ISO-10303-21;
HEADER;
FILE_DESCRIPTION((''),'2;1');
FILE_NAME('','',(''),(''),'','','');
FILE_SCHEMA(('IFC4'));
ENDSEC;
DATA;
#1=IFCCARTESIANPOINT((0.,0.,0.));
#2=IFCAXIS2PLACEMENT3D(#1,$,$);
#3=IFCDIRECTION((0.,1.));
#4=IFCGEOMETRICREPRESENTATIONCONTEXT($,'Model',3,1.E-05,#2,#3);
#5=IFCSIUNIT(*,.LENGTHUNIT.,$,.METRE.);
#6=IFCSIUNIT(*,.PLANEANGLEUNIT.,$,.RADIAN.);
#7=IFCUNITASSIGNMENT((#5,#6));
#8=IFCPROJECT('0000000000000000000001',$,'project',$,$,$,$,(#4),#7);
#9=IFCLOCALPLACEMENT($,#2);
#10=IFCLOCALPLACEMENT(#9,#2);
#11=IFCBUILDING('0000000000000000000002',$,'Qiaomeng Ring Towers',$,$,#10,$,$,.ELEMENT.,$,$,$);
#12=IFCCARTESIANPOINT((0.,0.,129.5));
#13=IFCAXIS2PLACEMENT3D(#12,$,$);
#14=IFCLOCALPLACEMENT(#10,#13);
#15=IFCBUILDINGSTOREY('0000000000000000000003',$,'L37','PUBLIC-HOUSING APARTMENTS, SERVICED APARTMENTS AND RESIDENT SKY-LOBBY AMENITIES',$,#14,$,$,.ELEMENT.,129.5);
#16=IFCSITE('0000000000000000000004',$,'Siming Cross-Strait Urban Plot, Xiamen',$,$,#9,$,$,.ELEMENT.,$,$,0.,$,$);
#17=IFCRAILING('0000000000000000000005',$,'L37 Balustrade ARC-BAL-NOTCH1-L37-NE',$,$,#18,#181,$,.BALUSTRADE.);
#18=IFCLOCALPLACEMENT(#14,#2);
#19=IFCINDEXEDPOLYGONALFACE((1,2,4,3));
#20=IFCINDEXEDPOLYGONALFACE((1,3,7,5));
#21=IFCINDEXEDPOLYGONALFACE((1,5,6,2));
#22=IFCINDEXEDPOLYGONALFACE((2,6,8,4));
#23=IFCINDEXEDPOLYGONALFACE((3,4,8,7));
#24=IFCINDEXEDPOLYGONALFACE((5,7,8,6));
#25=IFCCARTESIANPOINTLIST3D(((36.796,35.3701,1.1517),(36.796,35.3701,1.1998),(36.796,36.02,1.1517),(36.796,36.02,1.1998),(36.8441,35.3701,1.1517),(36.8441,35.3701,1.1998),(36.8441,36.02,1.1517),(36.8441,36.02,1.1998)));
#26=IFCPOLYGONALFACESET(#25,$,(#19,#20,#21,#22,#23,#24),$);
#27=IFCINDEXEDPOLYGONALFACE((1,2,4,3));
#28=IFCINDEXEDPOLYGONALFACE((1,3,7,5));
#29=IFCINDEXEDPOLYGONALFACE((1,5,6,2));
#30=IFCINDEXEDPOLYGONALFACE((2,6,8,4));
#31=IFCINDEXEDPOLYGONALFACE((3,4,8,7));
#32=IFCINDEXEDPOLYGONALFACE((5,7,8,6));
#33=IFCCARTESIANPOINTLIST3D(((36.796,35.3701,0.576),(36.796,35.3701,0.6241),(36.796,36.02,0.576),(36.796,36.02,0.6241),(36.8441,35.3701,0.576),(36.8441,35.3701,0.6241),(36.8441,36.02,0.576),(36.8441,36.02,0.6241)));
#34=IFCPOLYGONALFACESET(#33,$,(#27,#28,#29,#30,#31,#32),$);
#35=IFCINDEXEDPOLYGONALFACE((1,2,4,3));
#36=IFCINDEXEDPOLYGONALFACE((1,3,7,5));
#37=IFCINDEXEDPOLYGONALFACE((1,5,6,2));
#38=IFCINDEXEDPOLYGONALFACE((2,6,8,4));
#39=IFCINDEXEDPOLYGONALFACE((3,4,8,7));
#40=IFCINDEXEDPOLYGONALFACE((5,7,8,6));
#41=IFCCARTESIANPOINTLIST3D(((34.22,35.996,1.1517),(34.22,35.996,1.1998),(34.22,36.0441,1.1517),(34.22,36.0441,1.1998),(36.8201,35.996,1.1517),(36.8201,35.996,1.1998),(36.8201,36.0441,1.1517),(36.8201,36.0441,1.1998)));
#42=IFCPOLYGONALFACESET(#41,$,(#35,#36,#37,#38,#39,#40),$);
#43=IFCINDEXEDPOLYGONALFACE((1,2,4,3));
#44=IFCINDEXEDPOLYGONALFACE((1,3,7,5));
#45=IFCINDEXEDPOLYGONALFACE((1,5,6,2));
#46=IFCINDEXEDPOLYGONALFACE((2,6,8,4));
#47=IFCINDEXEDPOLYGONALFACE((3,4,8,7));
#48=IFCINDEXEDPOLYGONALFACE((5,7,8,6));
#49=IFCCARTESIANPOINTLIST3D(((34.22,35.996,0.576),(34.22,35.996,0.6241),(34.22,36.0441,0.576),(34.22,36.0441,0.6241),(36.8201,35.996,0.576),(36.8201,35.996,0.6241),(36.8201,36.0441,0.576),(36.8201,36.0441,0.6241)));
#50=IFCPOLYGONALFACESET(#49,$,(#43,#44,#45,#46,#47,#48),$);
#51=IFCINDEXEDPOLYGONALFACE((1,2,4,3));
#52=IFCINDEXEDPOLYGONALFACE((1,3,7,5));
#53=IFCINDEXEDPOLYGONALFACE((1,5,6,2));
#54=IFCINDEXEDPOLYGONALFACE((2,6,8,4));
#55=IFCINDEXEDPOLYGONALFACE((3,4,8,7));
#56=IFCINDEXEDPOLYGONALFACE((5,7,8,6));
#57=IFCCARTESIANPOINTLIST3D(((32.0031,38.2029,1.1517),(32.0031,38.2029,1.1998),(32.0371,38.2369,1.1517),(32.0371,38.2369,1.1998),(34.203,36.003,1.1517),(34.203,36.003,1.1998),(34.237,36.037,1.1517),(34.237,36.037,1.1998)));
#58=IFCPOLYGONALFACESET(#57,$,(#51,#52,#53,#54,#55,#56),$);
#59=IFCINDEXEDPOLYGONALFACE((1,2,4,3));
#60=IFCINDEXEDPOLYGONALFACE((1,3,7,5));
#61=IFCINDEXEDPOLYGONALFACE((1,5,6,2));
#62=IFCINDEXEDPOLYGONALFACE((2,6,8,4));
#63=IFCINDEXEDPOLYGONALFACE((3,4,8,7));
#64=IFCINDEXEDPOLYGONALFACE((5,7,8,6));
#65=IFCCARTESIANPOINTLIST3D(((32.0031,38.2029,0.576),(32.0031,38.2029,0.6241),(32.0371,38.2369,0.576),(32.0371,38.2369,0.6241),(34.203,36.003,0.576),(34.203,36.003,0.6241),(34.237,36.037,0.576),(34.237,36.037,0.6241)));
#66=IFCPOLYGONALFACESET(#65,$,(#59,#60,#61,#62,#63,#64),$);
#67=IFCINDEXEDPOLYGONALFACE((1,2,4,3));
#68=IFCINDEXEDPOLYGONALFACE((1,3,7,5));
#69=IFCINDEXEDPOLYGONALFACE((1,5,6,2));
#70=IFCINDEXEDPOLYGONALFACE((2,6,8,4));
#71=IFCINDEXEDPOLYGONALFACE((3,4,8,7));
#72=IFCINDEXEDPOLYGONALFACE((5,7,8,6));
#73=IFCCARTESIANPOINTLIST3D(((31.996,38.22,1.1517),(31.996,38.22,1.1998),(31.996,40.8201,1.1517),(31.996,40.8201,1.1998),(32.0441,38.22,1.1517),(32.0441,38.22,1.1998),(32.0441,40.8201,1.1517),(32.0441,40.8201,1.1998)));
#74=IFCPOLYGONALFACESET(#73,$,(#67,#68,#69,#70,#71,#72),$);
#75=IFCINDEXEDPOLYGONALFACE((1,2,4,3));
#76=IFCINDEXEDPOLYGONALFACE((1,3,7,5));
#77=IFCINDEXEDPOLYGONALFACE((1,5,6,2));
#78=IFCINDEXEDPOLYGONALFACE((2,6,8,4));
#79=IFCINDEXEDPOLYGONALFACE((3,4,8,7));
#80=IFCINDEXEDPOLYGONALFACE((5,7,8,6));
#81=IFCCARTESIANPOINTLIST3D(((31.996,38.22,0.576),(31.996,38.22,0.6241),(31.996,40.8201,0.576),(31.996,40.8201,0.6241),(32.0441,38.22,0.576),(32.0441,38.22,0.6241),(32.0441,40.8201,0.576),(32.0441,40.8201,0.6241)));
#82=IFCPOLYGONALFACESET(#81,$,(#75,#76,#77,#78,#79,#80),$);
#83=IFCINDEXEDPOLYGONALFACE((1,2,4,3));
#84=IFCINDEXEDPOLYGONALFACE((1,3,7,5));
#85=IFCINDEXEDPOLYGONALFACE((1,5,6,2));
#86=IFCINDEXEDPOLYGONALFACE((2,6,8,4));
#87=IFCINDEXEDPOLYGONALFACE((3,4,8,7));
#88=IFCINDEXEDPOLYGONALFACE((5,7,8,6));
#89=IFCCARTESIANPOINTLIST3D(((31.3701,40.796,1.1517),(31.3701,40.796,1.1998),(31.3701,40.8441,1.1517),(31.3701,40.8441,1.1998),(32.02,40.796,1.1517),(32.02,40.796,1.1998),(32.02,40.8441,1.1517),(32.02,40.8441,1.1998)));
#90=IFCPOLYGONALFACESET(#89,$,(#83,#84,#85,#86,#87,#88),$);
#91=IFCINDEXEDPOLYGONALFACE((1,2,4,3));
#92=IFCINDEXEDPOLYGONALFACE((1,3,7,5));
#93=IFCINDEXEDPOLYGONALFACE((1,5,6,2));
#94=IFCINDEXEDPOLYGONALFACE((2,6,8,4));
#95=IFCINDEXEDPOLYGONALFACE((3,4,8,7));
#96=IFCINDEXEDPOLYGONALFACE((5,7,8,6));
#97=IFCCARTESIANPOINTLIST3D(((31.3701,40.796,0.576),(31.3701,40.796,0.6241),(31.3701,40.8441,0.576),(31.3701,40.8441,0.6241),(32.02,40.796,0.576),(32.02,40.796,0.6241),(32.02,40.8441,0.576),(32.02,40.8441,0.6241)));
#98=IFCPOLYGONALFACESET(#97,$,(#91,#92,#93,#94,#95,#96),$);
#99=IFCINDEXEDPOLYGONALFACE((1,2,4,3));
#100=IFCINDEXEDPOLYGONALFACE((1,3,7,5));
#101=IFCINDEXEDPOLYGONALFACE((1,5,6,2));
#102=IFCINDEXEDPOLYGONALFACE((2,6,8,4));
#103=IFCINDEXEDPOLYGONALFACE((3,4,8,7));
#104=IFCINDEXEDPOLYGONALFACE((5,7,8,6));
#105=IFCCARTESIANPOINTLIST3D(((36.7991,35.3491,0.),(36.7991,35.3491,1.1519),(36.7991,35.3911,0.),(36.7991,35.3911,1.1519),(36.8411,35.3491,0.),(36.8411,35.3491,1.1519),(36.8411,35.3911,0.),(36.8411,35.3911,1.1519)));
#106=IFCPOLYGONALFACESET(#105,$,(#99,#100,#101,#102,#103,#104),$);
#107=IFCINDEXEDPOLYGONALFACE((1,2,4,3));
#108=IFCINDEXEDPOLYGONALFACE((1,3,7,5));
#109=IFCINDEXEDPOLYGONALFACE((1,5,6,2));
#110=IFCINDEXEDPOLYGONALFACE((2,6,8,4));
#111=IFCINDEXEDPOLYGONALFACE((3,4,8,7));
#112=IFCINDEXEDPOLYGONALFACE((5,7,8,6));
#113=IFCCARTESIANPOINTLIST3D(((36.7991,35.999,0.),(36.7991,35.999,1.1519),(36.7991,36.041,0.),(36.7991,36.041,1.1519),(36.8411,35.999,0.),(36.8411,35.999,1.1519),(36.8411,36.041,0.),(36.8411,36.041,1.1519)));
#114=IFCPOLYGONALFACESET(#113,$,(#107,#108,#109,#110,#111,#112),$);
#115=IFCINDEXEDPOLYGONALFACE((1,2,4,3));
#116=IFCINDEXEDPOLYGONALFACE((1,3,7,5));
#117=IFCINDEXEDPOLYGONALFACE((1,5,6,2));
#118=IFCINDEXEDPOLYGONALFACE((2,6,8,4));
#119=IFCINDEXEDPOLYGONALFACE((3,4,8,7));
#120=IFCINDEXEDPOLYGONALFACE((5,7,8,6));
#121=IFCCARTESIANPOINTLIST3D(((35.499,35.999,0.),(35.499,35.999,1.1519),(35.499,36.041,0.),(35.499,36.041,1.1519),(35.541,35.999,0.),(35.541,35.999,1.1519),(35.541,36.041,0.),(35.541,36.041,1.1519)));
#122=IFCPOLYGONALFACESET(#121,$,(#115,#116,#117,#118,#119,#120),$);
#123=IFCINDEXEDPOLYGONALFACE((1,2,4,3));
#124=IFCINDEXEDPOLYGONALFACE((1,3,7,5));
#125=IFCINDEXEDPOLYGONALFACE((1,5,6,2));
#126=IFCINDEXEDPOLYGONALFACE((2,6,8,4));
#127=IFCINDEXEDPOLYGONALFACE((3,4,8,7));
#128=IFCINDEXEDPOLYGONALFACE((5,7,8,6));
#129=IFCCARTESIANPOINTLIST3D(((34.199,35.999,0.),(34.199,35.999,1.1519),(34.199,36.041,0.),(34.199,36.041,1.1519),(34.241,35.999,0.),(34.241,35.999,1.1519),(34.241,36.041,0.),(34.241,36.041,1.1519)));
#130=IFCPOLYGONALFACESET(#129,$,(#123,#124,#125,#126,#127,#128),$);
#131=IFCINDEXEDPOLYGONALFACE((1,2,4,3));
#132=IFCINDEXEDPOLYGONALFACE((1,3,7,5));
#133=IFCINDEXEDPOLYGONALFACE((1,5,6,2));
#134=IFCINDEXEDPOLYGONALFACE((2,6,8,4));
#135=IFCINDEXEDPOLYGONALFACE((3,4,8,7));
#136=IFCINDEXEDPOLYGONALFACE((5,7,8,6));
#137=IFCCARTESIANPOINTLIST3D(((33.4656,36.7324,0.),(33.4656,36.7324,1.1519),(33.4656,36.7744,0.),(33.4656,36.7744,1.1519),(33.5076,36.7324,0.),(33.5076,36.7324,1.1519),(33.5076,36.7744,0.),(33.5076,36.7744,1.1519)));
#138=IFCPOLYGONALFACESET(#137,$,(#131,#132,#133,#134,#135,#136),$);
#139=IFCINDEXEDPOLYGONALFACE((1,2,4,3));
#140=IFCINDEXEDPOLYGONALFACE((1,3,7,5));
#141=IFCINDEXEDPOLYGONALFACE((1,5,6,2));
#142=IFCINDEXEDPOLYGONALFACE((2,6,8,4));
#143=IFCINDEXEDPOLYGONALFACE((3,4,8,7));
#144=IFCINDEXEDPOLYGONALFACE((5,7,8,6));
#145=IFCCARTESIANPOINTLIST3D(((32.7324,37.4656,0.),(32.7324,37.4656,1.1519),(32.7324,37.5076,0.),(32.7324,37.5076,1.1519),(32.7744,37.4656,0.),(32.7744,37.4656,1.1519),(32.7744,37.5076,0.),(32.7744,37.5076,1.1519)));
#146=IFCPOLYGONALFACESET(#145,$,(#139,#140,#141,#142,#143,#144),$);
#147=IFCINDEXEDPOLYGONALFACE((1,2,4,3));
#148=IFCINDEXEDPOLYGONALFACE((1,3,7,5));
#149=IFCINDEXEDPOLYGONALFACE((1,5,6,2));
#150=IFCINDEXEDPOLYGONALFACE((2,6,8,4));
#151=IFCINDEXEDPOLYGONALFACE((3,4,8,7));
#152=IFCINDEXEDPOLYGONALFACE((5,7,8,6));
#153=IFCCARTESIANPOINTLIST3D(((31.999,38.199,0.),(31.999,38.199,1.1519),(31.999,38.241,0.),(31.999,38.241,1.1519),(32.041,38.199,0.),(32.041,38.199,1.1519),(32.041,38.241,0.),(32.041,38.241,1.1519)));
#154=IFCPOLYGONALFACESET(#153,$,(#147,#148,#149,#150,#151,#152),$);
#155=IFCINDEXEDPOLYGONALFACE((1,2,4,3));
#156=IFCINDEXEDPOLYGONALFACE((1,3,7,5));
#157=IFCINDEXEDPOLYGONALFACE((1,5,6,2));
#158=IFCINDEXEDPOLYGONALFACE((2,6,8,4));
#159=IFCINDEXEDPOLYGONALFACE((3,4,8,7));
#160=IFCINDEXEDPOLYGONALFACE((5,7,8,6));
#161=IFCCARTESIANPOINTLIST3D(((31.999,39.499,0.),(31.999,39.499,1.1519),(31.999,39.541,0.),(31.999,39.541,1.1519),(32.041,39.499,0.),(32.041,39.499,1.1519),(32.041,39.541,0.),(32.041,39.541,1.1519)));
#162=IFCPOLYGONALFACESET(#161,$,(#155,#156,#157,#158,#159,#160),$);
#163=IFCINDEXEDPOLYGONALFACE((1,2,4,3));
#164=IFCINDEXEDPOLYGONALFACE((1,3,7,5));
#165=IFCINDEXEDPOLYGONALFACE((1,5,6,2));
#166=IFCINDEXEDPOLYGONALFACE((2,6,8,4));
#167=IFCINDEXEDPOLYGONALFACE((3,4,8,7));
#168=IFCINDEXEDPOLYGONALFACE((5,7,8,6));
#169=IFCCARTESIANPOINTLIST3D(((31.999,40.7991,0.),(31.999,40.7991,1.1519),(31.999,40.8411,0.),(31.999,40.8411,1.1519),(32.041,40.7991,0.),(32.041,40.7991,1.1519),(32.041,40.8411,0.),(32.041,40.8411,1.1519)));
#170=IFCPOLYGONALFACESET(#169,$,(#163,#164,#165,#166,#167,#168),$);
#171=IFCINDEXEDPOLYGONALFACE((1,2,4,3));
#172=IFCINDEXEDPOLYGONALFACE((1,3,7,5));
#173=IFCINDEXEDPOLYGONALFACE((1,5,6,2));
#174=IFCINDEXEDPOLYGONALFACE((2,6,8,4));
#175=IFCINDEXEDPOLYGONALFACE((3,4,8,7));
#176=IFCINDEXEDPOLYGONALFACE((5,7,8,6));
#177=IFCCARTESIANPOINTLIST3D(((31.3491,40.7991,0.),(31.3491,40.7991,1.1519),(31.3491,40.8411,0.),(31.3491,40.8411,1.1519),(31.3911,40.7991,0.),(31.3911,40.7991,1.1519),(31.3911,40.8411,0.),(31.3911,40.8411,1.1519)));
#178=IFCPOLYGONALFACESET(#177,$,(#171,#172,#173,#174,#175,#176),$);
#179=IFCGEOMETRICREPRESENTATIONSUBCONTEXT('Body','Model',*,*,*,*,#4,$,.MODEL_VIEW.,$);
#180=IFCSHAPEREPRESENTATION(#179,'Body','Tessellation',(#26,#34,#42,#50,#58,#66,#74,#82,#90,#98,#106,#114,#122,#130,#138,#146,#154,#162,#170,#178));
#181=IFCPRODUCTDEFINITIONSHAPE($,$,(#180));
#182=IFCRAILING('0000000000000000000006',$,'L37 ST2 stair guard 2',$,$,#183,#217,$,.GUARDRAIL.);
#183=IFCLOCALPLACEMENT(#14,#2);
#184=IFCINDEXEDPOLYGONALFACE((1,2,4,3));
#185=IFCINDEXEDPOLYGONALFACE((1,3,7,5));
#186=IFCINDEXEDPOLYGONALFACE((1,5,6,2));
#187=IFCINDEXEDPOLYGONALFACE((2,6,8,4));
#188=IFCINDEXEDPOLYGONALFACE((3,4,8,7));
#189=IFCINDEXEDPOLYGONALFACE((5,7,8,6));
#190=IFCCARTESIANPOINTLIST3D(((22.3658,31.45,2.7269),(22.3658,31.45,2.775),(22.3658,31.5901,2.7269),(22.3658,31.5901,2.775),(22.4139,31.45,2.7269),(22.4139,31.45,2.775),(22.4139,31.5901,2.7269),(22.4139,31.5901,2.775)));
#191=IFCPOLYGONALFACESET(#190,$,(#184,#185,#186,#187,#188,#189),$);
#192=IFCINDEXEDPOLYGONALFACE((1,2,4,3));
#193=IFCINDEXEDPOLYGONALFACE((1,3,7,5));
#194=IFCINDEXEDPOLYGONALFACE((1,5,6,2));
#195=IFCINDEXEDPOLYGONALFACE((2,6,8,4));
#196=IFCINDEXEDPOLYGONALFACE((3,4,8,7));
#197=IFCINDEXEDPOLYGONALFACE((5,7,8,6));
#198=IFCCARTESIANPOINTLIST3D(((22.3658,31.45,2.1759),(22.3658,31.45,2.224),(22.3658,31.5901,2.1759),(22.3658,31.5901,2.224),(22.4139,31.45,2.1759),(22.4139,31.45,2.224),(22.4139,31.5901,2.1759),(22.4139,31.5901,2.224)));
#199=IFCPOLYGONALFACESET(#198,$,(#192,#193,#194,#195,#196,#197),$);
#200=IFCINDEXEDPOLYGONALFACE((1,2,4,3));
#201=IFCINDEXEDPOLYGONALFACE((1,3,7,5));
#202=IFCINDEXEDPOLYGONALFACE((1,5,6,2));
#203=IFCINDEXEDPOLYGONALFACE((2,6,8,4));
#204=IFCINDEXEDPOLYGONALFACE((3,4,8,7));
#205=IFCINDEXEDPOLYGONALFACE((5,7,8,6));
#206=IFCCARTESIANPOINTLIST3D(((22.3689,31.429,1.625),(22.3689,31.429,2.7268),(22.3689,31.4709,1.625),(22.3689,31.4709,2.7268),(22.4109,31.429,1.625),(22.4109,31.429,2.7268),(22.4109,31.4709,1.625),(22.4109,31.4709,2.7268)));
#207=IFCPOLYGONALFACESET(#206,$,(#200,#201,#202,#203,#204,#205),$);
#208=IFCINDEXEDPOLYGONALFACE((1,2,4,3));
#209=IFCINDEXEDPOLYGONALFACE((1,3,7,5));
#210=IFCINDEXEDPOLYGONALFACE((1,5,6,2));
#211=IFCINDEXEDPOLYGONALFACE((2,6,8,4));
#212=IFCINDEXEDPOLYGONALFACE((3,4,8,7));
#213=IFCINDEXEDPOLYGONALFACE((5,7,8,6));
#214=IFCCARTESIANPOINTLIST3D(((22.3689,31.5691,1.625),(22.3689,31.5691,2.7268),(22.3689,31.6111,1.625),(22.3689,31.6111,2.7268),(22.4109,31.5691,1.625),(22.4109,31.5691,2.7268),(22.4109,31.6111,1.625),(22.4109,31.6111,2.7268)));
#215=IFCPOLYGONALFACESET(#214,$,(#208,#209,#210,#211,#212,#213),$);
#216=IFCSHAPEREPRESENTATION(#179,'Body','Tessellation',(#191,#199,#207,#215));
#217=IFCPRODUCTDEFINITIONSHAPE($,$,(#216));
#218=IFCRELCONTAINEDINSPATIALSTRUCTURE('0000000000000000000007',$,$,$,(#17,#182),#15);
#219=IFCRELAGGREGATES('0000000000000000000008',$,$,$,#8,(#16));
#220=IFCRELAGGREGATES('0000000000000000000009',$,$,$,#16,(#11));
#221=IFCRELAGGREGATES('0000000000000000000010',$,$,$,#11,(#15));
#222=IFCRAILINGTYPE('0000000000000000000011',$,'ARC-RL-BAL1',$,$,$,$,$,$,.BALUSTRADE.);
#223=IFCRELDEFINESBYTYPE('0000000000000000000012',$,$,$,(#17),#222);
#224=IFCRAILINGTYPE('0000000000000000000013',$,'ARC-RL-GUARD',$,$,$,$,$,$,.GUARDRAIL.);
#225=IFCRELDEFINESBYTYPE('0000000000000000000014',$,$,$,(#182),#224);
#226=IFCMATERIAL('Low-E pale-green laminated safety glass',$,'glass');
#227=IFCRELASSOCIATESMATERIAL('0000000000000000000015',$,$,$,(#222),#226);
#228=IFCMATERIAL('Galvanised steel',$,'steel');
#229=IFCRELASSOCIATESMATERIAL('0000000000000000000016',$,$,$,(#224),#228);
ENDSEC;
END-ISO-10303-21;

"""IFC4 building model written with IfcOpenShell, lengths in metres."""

from ifc_helpers import new_model, si_unit, direction, frame, origin, origin_2d, place, context, subcontext, project, spatial, rectangle, extrude, material, type_object, element, save


model = new_model("IFC4")

# Units and contexts
model_context = context("Model", 3, precision=1e-05, world=origin(), true_north=direction((0.0, 1.0)))
body_context = subcontext(model_context, "Body", "Model", "MODEL_VIEW")
ifc_project = project(units=[si_unit("LENGTHUNIT", "METRE"), si_unit("PLANEANGLEUNIT", "RADIAN")], contexts=[model_context])

# Site, building, storey
site_placement = place(None, origin())
site = spatial("IfcSite", under=ifc_project, at=site_placement, Name="Siming Cross-Strait Urban Plot, Xiamen", CompositionType="ELEMENT", RefElevation=0.0)
building_placement = place(site_placement, origin())
building = spatial("IfcBuilding", under=site, at=building_placement, Name="Qiaomeng Ring Towers", CompositionType="ELEMENT")
storey_placement = place(building_placement, frame((0.0, 0.0, 129.5)))
storey = spatial("IfcBuildingStorey", under=building, at=storey_placement, Name="L37", Description="PUBLIC-HOUSING APARTMENTS, SERVICED APARTMENTS AND RESIDENT SKY-LOBBY AMENITIES", CompositionType="ELEMENT", Elevation=129.5)

# Railings
ifc_material_1 = material(Name="Low-E pale-green laminated safety glass", Category="glass")
railing_type_1 = type_object("IfcRailingType", Name="ARC-RL-BAL1", PredefinedType="BALUSTRADE", material=ifc_material_1)
railing_1_placement = place(storey_placement, frame((36.8201, 35.3701, 0.0)))
element("IfcRailing", 1, at=railing_1_placement, inside=storey, type_object=railing_type_1, Name="L37 Balustrade ARC-BAL-NOTCH1-L37-NE", PredefinedType="BALUSTRADE", context=body_context, shape_type="SweptSolid", body=[
    extrude(rectangle(XDim=0.0481, YDim=0.0481, at=origin_2d()), frame((0.0, 0.0, 1.1758), z_axis=(0.0, 1.0, 0.0), x_axis=(-1.0, 0.0, 0.0)), (0.0, 0.0, 1.0), 0.6499),
    extrude(rectangle(XDim=0.0481, YDim=0.0481, at=origin_2d()), frame((0.0, 0.0, 0.6001), z_axis=(0.0, 1.0, 0.0), x_axis=(-1.0, 0.0, 0.0)), (0.0, 0.0, 1.0), 0.6499),
    extrude(rectangle(XDim=0.0481, YDim=0.0481, at=origin_2d()), frame((0.0, 0.6499, 1.1758), z_axis=(-1.0, 0.0, 0.0), x_axis=(0.0, -1.0, 0.0)), (0.0, 0.0, 1.0), 2.6001),
    extrude(rectangle(XDim=0.0481, YDim=0.0481, at=origin_2d()), frame((0.0, 0.6499, 0.6001), z_axis=(-1.0, 0.0, 0.0), x_axis=(0.0, -1.0, 0.0)), (0.0, 0.0, 1.0), 2.6001),
    extrude(rectangle(XDim=0.0481, YDim=0.0481, at=origin_2d()), frame((-2.6001, 0.6499, 1.1758), z_axis=(-0.707107, 0.707107, 0.0), x_axis=(-0.707107, -0.707107, 0.0)), (0.0, 0.0, 1.0), 3.1111),
    extrude(rectangle(XDim=0.0481, YDim=0.0481, at=origin_2d()), frame((-2.6001, 0.6499, 0.6001), z_axis=(-0.707107, 0.707107, 0.0), x_axis=(-0.707107, -0.707107, 0.0)), (0.0, 0.0, 1.0), 3.1111),
    extrude(rectangle(XDim=0.0481, YDim=0.0481, at=origin_2d()), frame((-4.8, 2.8499, 1.1758), z_axis=(0.0, 1.0, 0.0), x_axis=(-1.0, 0.0, 0.0)), (0.0, 0.0, 1.0), 2.6001),
    extrude(rectangle(XDim=0.0481, YDim=0.0481, at=origin_2d()), frame((-4.8, 2.8499, 0.6001), z_axis=(0.0, 1.0, 0.0), x_axis=(-1.0, 0.0, 0.0)), (0.0, 0.0, 1.0), 2.6001),
    extrude(rectangle(XDim=0.0481, YDim=0.0481, at=origin_2d()), frame((-4.8, 5.45, 1.1758), z_axis=(-1.0, 0.0, 0.0), x_axis=(0.0, -1.0, 0.0)), (0.0, 0.0, 1.0), 0.6499),
    extrude(rectangle(XDim=0.0481, YDim=0.0481, at=origin_2d()), frame((-4.8, 5.45, 0.6001), z_axis=(-1.0, 0.0, 0.0), x_axis=(0.0, -1.0, 0.0)), (0.0, 0.0, 1.0), 0.6499),
    extrude(rectangle(XDim=0.042, YDim=0.042, at=origin_2d()), origin(), (0.0, 0.0, 1.0), 1.1519),
    extrude(rectangle(XDim=0.042, YDim=0.042, at=origin_2d()), frame((0.0, 0.6499, 0.0)), (0.0, 0.0, 1.0), 1.1519),
    extrude(rectangle(XDim=0.042, YDim=0.042, at=origin_2d()), frame((-1.3, 0.6499, 0.0)), (0.0, 0.0, 1.0), 1.1519),
    extrude(rectangle(XDim=0.042, YDim=0.042, at=origin_2d()), frame((-2.6001, 0.6499, 0.0)), (0.0, 0.0, 1.0), 1.1519),
    extrude(rectangle(XDim=0.042, YDim=0.042, at=origin_2d()), frame((-3.3335, 1.3833, 0.0)), (0.0, 0.0, 1.0), 1.1519),
    extrude(rectangle(XDim=0.042, YDim=0.042, at=origin_2d()), frame((-4.0667, 2.1165, 0.0)), (0.0, 0.0, 1.0), 1.1519),
    extrude(rectangle(XDim=0.042, YDim=0.042, at=origin_2d()), frame((-4.8, 2.8499, 0.0)), (0.0, 0.0, 1.0), 1.1519),
    extrude(rectangle(XDim=0.042, YDim=0.042, at=origin_2d()), frame((-4.8, 4.1499, 0.0)), (0.0, 0.0, 1.0), 1.1519),
    extrude(rectangle(XDim=0.042, YDim=0.042, at=origin_2d()), frame((-4.8, 5.45, 0.0)), (0.0, 0.0, 1.0), 1.1519),
    extrude(rectangle(XDim=0.042, YDim=0.042, at=origin_2d()), frame((-5.45, 5.45, 0.0)), (0.0, 0.0, 1.0), 1.1519),
])
ifc_material_2 = material(Name="Galvanised steel", Category="steel")
railing_type_2 = type_object("IfcRailingType", Name="ARC-RL-GUARD", PredefinedType="GUARDRAIL", material=ifc_material_2)
railing_2_placement = place(storey_placement, frame((22.3899, 31.45, 1.625)))
element("IfcRailing", 2, at=railing_2_placement, inside=storey, type_object=railing_type_2, Name="L37 ST2 stair guard 2", PredefinedType="GUARDRAIL", context=body_context, shape_type="SweptSolid", body=[
    extrude(rectangle(XDim=0.0481, YDim=0.0481, at=origin_2d()), frame((0.0, 0.0, 1.126), z_axis=(0.0, 1.0, 0.0), x_axis=(-1.0, 0.0, 0.0)), (0.0, 0.0, 1.0), 0.1401),
    extrude(rectangle(XDim=0.0481, YDim=0.0481, at=origin_2d()), frame((0.0, 0.0, 0.575), z_axis=(0.0, 1.0, 0.0), x_axis=(-1.0, 0.0, 0.0)), (0.0, 0.0, 1.0), 0.1401),
    extrude(rectangle(XDim=0.042, YDim=0.042, at=origin_2d()), origin(), (0.0, 0.0, 1.0), 1.1018),
    extrude(rectangle(XDim=0.042, YDim=0.042, at=origin_2d()), frame((0.0, 0.1401, 0.0)), (0.0, 0.0, 1.0), 1.1018),
])

save(model, "model.ifc")
